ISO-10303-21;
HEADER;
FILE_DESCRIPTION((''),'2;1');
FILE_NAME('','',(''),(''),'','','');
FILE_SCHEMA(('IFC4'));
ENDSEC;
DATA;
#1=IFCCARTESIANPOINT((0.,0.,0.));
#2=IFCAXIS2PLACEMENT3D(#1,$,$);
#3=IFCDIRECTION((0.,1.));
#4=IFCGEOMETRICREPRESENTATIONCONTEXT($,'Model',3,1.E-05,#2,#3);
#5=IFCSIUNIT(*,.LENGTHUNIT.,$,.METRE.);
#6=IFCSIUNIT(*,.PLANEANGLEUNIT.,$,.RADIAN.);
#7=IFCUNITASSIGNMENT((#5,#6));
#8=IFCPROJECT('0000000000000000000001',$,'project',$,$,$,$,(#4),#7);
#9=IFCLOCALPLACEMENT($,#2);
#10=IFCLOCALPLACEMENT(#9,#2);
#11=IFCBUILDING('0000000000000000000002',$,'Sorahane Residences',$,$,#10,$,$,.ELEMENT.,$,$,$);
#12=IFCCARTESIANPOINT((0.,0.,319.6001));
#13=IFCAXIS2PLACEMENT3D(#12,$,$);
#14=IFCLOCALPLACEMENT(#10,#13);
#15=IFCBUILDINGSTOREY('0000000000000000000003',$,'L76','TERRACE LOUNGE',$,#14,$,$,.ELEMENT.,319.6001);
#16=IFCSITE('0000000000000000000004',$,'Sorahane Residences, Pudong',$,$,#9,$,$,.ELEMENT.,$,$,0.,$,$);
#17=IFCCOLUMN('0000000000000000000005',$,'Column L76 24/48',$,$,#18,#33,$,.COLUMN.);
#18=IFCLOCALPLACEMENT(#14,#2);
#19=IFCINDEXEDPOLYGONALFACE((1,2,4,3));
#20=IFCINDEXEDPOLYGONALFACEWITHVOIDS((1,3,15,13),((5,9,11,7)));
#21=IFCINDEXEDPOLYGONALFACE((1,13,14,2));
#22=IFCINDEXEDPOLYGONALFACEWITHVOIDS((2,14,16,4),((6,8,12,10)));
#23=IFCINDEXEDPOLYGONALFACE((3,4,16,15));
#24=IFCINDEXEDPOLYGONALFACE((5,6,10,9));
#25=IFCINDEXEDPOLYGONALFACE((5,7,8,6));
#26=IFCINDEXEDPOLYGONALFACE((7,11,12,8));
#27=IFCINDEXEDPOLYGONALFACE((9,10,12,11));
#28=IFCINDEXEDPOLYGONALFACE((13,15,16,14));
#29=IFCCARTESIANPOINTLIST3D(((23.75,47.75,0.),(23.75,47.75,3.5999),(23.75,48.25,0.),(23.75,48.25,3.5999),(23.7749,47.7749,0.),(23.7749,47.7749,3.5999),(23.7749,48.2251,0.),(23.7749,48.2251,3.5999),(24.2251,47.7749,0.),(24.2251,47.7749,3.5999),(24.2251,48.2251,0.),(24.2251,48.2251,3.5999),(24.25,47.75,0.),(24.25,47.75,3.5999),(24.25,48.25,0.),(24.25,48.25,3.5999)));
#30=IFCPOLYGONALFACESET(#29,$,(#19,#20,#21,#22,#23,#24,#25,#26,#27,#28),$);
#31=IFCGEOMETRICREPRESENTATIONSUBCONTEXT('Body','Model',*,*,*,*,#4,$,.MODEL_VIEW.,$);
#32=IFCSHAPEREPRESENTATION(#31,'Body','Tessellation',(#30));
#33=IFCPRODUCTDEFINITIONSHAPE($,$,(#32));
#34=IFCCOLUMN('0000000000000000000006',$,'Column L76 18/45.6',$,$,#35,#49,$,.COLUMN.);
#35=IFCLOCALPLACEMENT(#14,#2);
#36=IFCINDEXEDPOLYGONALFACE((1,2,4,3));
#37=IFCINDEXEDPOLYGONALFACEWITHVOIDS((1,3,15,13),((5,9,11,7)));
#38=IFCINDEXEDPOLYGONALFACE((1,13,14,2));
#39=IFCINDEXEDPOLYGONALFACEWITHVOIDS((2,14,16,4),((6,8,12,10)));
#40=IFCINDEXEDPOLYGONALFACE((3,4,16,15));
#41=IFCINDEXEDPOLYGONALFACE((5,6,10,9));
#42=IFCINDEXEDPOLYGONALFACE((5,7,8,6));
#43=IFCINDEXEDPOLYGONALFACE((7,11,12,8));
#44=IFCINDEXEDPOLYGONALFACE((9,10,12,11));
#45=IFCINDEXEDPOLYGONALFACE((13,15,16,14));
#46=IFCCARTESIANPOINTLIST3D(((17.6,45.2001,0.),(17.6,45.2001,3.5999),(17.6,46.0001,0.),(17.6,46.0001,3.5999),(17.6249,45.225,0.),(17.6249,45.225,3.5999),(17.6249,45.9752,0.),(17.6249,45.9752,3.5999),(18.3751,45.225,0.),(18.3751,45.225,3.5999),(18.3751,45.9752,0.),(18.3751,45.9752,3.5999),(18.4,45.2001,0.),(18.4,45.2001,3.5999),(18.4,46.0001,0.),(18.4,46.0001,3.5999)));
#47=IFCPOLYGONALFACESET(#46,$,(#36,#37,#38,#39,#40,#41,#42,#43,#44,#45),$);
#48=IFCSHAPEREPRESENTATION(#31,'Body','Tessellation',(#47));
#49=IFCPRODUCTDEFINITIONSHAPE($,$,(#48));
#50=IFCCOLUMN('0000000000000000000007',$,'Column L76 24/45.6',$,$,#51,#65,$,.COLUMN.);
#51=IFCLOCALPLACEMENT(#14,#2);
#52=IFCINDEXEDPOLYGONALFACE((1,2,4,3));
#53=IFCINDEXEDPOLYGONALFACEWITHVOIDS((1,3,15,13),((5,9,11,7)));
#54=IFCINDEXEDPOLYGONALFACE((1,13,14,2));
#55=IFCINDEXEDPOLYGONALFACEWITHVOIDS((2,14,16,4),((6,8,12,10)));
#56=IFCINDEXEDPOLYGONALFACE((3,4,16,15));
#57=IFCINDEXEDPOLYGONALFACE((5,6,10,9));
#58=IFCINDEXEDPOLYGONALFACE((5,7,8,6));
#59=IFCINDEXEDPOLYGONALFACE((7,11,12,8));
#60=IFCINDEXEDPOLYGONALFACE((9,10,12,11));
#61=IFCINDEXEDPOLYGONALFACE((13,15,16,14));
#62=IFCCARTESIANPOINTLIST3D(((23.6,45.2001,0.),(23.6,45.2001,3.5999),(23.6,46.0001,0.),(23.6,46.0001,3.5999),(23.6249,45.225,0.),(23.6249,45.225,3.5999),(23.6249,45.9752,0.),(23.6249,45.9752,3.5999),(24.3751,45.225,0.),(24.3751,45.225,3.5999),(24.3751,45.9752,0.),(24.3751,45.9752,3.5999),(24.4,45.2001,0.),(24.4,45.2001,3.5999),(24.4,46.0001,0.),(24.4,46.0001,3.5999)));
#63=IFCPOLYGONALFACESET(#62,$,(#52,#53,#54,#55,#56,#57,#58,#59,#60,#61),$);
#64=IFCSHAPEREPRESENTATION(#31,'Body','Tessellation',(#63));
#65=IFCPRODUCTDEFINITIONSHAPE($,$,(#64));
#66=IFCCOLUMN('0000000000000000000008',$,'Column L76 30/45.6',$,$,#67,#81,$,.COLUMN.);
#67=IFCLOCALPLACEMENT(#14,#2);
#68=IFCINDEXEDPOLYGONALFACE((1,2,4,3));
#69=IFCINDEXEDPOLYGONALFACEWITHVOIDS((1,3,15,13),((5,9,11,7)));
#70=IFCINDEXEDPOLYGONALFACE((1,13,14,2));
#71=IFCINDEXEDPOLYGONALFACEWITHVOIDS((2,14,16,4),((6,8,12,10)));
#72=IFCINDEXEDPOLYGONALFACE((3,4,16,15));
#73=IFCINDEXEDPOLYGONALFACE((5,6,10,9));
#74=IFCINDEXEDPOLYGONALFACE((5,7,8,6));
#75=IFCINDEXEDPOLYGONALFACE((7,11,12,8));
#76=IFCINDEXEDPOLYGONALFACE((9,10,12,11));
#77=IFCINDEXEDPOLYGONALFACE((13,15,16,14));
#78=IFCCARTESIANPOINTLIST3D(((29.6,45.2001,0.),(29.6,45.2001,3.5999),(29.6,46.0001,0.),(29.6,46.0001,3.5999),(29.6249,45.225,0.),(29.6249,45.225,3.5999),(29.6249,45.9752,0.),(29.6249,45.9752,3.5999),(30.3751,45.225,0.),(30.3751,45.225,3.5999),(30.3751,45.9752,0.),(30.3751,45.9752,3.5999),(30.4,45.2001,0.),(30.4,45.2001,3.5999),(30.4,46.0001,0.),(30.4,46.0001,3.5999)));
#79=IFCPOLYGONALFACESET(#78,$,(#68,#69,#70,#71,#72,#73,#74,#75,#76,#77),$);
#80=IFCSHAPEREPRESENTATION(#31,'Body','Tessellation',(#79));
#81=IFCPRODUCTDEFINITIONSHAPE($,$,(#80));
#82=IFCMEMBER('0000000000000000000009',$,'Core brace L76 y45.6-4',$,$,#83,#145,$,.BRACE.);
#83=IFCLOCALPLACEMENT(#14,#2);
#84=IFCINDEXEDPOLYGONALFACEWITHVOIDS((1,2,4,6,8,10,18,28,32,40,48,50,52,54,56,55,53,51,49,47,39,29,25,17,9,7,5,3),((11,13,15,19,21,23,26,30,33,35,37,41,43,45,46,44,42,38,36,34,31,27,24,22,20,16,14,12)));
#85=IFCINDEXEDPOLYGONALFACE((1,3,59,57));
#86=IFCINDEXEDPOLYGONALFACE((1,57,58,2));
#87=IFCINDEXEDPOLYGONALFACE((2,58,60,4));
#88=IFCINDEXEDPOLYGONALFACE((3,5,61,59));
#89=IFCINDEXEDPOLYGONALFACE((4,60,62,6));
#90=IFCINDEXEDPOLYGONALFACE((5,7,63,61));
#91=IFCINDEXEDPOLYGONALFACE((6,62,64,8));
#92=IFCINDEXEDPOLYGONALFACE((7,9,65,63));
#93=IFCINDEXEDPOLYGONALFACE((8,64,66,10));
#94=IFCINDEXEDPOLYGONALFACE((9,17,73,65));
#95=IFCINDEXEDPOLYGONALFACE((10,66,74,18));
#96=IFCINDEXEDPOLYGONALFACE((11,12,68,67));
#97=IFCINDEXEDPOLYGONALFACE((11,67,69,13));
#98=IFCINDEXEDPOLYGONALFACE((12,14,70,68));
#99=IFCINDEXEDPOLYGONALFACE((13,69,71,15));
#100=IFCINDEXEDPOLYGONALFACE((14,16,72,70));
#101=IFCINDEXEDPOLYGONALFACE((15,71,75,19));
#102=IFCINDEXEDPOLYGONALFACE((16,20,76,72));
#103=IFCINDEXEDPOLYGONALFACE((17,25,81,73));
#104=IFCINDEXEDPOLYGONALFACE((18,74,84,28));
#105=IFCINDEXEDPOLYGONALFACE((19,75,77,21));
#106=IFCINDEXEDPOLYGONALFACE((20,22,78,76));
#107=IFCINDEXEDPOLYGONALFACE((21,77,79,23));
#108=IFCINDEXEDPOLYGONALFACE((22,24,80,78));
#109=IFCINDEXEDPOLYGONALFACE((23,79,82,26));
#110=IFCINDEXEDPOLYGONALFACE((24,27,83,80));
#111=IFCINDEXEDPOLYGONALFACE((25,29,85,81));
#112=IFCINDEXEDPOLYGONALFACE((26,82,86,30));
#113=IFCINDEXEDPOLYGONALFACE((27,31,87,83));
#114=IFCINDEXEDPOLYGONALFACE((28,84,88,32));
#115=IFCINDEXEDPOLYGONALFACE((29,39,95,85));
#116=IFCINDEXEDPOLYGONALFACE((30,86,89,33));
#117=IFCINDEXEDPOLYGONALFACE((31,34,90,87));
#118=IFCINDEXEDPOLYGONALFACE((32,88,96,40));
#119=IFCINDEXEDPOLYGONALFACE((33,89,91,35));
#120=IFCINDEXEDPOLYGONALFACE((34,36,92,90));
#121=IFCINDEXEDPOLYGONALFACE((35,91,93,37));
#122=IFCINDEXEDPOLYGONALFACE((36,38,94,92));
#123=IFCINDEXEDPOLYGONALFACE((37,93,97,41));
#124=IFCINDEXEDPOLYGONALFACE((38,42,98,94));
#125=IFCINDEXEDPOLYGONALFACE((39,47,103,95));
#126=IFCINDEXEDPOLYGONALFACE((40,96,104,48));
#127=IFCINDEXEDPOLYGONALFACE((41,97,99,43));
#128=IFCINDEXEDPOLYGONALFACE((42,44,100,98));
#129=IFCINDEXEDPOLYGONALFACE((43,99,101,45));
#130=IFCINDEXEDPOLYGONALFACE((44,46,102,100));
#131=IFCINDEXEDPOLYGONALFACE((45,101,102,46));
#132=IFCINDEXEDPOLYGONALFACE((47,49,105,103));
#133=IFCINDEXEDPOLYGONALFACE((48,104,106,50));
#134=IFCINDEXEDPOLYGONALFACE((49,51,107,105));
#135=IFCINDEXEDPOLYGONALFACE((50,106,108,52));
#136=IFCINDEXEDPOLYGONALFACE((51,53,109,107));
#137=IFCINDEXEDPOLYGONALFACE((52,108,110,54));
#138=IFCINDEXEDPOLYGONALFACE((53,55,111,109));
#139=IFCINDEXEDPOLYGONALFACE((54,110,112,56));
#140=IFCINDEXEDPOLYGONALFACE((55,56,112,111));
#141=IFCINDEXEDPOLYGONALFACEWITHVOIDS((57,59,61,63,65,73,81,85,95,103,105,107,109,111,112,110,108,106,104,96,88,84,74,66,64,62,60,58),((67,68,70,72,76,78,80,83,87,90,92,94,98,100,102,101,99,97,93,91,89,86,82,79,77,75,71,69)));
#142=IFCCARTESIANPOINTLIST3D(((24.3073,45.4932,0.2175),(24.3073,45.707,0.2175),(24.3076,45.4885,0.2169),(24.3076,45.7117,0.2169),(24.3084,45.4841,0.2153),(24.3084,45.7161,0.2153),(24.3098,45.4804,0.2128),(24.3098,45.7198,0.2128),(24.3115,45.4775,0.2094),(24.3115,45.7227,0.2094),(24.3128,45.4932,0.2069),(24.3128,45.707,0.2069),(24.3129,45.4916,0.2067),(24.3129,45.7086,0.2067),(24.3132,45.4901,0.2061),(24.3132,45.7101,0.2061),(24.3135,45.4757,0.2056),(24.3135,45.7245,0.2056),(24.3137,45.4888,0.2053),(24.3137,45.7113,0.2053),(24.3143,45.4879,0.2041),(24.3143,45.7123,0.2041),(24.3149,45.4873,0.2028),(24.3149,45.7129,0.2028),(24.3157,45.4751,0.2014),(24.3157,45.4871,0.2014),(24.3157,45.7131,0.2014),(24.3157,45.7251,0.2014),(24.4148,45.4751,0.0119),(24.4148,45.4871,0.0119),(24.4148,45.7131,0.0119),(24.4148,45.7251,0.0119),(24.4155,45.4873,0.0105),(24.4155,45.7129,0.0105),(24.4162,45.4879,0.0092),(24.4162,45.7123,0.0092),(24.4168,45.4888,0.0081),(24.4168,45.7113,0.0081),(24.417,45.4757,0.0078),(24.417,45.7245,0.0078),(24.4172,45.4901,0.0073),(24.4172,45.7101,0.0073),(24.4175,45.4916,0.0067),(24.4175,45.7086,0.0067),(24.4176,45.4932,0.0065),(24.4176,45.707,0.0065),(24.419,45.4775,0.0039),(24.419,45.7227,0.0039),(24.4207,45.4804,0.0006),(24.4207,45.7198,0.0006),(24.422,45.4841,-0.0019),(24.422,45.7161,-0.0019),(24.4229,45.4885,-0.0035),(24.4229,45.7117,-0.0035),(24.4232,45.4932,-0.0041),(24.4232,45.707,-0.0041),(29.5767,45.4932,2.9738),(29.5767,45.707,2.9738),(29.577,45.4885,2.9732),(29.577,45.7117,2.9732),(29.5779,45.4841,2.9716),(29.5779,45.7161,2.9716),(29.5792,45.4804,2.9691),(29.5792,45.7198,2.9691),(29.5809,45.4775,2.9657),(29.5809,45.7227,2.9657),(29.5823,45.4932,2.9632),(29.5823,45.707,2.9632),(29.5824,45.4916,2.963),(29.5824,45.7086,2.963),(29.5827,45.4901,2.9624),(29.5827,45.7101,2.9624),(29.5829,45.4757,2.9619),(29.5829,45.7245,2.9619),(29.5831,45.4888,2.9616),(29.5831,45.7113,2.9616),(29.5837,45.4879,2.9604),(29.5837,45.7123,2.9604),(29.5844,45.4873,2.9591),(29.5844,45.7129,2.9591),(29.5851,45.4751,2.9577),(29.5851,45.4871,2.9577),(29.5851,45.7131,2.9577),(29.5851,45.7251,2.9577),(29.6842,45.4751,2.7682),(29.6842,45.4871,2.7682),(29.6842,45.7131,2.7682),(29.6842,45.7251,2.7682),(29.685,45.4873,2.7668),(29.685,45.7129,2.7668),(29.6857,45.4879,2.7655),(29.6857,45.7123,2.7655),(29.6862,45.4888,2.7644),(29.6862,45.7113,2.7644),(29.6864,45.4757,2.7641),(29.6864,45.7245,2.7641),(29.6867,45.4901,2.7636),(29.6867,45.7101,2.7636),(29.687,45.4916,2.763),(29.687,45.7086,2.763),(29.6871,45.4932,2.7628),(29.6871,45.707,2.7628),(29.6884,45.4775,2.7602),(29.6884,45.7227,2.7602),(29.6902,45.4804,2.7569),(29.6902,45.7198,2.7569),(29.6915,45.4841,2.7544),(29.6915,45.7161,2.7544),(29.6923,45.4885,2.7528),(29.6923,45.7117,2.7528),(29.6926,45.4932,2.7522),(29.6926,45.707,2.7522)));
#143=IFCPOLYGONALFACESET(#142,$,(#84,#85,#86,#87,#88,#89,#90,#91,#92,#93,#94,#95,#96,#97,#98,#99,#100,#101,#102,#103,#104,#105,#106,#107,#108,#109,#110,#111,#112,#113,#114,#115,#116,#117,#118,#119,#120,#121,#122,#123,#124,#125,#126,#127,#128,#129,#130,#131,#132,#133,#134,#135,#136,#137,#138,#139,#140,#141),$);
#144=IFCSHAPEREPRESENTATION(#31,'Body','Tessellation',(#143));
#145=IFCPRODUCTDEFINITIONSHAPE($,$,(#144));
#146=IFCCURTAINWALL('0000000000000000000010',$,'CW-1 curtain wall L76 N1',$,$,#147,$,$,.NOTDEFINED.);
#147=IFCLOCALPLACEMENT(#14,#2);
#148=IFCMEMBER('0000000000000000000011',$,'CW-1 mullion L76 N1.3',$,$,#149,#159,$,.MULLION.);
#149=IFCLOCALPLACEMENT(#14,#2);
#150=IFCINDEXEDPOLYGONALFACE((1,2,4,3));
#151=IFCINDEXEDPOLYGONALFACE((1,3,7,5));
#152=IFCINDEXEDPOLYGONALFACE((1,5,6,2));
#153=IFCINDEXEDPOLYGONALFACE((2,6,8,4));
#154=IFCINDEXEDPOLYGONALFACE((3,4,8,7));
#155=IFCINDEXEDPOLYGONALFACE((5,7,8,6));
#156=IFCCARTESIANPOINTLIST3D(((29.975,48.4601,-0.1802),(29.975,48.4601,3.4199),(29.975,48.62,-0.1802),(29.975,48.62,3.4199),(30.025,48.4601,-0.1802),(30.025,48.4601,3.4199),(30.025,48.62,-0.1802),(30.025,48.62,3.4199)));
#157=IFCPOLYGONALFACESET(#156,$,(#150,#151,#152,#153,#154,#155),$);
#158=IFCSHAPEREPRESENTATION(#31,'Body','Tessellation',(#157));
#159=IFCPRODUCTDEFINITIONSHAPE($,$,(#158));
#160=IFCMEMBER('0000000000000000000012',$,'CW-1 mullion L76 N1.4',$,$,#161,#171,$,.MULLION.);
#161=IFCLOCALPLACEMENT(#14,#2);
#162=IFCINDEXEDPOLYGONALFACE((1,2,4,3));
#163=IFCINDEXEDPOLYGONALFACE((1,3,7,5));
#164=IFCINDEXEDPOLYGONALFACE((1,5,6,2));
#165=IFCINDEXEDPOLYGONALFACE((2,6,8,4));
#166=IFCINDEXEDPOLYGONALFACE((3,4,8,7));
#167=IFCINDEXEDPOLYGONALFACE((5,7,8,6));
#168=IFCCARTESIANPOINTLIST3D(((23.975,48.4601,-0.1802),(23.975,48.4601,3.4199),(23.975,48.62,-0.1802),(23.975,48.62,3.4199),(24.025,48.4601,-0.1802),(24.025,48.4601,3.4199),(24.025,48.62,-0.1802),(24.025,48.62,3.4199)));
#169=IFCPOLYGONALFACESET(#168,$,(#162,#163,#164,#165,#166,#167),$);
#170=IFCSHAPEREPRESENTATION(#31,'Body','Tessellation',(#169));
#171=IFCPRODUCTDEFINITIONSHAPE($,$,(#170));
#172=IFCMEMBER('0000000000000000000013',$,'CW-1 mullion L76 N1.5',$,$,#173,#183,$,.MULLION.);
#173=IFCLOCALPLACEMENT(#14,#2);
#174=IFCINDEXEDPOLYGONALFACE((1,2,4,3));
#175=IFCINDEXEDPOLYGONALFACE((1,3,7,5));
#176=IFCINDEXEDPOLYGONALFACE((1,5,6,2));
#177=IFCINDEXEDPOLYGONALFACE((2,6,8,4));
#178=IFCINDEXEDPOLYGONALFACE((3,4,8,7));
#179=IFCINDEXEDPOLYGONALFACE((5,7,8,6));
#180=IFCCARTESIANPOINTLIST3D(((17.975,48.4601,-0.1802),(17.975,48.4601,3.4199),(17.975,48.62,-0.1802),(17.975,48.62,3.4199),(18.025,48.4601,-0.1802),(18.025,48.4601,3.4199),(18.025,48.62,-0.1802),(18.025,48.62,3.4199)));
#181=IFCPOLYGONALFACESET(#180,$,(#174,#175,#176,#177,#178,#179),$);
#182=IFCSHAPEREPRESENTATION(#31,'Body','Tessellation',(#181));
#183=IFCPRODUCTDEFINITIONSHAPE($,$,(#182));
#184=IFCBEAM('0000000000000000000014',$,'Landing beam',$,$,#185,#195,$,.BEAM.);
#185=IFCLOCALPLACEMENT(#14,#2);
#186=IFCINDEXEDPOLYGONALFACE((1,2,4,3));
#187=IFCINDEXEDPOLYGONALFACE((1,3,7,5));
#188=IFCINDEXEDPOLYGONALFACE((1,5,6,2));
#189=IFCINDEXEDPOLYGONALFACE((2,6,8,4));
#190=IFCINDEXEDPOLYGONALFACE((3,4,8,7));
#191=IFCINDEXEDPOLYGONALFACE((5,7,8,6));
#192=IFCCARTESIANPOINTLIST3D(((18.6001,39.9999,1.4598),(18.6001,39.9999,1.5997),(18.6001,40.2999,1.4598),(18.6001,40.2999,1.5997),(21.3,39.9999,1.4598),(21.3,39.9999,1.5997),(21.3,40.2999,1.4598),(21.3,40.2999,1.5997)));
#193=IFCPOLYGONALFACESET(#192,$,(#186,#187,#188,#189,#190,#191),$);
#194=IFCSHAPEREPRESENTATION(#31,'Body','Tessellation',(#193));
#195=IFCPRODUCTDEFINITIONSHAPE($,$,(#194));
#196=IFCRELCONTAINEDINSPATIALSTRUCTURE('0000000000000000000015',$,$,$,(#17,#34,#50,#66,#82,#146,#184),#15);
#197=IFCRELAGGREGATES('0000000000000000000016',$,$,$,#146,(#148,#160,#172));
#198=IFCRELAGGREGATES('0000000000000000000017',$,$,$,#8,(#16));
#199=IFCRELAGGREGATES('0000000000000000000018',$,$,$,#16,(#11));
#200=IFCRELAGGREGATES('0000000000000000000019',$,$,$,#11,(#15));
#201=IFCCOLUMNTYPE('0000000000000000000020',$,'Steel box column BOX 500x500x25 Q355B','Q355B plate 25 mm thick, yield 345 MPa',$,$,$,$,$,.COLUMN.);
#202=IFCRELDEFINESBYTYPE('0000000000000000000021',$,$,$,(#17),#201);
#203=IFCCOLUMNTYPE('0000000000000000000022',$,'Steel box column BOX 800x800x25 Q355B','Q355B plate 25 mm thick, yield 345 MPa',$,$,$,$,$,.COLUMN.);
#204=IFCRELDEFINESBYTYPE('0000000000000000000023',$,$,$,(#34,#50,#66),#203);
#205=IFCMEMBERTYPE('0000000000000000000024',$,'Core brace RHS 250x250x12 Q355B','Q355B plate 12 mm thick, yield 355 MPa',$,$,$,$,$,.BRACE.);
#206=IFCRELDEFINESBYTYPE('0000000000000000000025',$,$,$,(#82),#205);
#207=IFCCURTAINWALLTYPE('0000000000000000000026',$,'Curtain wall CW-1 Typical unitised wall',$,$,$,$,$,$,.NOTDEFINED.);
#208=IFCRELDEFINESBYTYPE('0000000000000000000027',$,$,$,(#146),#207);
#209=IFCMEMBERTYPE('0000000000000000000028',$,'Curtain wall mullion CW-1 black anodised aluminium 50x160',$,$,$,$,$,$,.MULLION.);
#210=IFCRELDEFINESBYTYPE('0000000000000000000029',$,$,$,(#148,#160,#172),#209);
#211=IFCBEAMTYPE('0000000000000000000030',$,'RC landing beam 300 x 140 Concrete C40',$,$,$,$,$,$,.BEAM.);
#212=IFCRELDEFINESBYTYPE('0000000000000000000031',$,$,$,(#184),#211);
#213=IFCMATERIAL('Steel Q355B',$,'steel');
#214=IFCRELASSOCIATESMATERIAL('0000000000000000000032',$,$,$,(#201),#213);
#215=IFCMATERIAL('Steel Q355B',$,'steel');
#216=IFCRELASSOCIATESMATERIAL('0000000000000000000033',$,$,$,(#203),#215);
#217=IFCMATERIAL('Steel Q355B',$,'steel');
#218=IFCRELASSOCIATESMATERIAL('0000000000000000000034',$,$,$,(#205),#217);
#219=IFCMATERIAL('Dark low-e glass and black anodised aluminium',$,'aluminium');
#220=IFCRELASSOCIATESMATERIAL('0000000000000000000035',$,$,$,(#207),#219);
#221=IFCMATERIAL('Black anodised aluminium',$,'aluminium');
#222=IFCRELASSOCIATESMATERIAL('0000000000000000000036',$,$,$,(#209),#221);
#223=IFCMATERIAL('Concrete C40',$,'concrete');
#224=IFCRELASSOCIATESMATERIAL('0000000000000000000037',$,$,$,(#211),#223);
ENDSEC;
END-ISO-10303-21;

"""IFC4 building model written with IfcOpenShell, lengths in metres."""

from ifc_helpers import new_model, si_unit, direction, frame, origin, origin_2d, place, context, subcontext, project, spatial, rectangle, hollow_rectangle, extrude, material, material_profile, profile_set, type_object, element, aggregate, save


model = new_model("IFC4")

# Units and contexts
model_context = context("Model", 3, precision=1e-05, world=origin(), true_north=direction((0.0, 1.0)))
body_context = subcontext(model_context, "Body", "Model", "MODEL_VIEW")
ifc_project = project(units=[si_unit("LENGTHUNIT", "METRE"), si_unit("PLANEANGLEUNIT", "RADIAN")], contexts=[model_context])

# Site, building, storey
site_placement = place(None, origin())
site = spatial("IfcSite", under=ifc_project, at=site_placement, Name="Sorahane Residences, Pudong", CompositionType="ELEMENT", RefElevation=0.0)
building_placement = place(site_placement, origin())
building = spatial("IfcBuilding", under=site, at=building_placement, Name="Sorahane Residences", CompositionType="ELEMENT")
storey_placement = place(building_placement, frame((0.0, 0.0, 319.6001)))
storey = spatial("IfcBuildingStorey", under=building, at=storey_placement, Name="L76", Description="TERRACE LOUNGE", CompositionType="ELEMENT", Elevation=319.6001)

# Columns
ifc_material_1 = material(Name="Steel Q355B", Category="steel")
ifc_material_profile_1 = material_profile(ifc_material_1, hollow_rectangle(XDim=0.5, YDim=0.5, WallThickness=0.0249, at=origin_2d()), Name="BOX 500x500x25")
ifc_profile_set_1 = profile_set([ifc_material_profile_1], Name="Steel Q355B")
column_type_1 = type_object("IfcColumnType", Name="Steel box column BOX 500x500x25 Q355B", Description="Q355B plate 25 mm thick, yield 345 MPa", PredefinedType="COLUMN", material=ifc_profile_set_1)
column_placement = place(storey_placement, frame((24.0, 48.0, 0.0), z_axis=(0.0, 0.0, 1.0), x_axis=(1.0, 0.0, 0.0)))
element("IfcColumn", 1, at=column_placement, inside=storey, type_object=column_type_1, Name="Column L76 24/48", PredefinedType="COLUMN", context=body_context, shape_type="SweptSolid", body=[
    extrude(hollow_rectangle(XDim=0.5, YDim=0.5, WallThickness=0.0249, at=origin_2d()), origin(), (0.0, 0.0, 1.0), 3.5999),
])
ifc_material_2 = material(Name="Steel Q355B", Category="steel")
ifc_material_profile_2 = material_profile(ifc_material_2, hollow_rectangle(XDim=0.8, YDim=0.8, WallThickness=0.0249, at=origin_2d()), Name="BOX 800x800x25")
ifc_profile_set_2 = profile_set([ifc_material_profile_2], Name="Steel Q355B")
column_type_2 = type_object("IfcColumnType", Name="Steel box column BOX 800x800x25 Q355B", Description="Q355B plate 25 mm thick, yield 345 MPa", PredefinedType="COLUMN", material=ifc_profile_set_2)
for number, where, z_axis, x_axis, name in (
    (2, (18.0, 45.6001, 0.0), (0.0, 0.0, 1.0), (1.0, 0.0, 0.0), "Column L76 18/45.6"),
    (3, (24.0, 45.6001, 0.0), (0.0, 0.0, 1.0), (1.0, 0.0, 0.0), "Column L76 24/45.6"),
    (4, (30.0, 45.6001, 0.0), (0.0, 0.0, 1.0), (1.0, 0.0, 0.0), "Column L76 30/45.6"),
):
    element("IfcColumn", number, at=place(storey_placement, frame(where, z_axis=z_axis, x_axis=x_axis)), inside=storey, type_object=column_type_2, Name=name, PredefinedType="COLUMN", context=body_context, shape_type="SweptSolid", body=[
        extrude(hollow_rectangle(XDim=0.8, YDim=0.8, WallThickness=0.0249, at=origin_2d()), origin(), (0.0, 0.0, 1.0), 3.5999),
    ])

# Member
ifc_material_3 = material(Name="Steel Q355B", Category="steel")
ifc_material_profile_3 = material_profile(ifc_material_3, hollow_rectangle(XDim=0.25, YDim=0.25, WallThickness=0.012, InnerFilletRadius=0.0061, OuterFilletRadius=0.0181, at=origin_2d()), Name="RHS 250x250x12")
ifc_profile_set_3 = profile_set([ifc_material_profile_3], Name="Steel Q355B")
member_type_1 = type_object("IfcMemberType", Name="Core brace RHS 250x250x12 Q355B", Description="Q355B plate 12 mm thick, yield 355 MPa", PredefinedType="BRACE", material=ifc_profile_set_3)
member_1_placement = place(storey_placement, frame((24.3652, 45.6001, 0.1067), z_axis=(0.8861, 0.0, 0.463495), x_axis=(0.0, 1.0, 0.0)))
element("IfcMember", 5, at=member_1_placement, inside=storey, type_object=member_type_1, Name="Core brace L76 y45.6-4", PredefinedType="BRACE", context=body_context, shape_type="SweptSolid", body=[
    extrude(hollow_rectangle(XDim=0.25, YDim=0.25, WallThickness=0.012, InnerFilletRadius=0.0061, OuterFilletRadius=0.0181, at=origin_2d()), origin(), (0.0, 0.0, 1.0), 5.9468),
])

# Curtain wall, members
ifc_material_4 = material(Name="Dark low-e glass and black anodised aluminium", Category="aluminium")
curtain_wall_type = type_object("IfcCurtainWallType", Name="Curtain wall CW-1 Typical unitised wall", PredefinedType="NOTDEFINED", material=ifc_material_4)
curtain_wall_placement = place(storey_placement, origin())
curtain_wall = element("IfcCurtainWall", 6, at=curtain_wall_placement, inside=storey, type_object=curtain_wall_type, Name="CW-1 curtain wall L76 N1", PredefinedType="NOTDEFINED")
ifc_material_5 = material(Name="Black anodised aluminium", Category="aluminium")
ifc_material_profile_4 = material_profile(ifc_material_5, rectangle(XDim=0.1599, YDim=0.05, at=origin_2d()), Name="Curtain wall mullion CW-1 black anodised aluminium 50x160")
ifc_profile_set_4 = profile_set([ifc_material_profile_4], Name="Black anodised aluminium")
member_type_2 = type_object("IfcMemberType", Name="Curtain wall mullion CW-1 black anodised aluminium 50x160", PredefinedType="MULLION", material=ifc_profile_set_4)
member_2_placement = place(storey_placement, frame((30.0, 48.54, -0.1802), z_axis=(0.0, 0.0, 1.0), x_axis=(0.0, 1.0, 0.0)))
member_2 = element("IfcMember", 7, at=member_2_placement, type_object=member_type_2, Name="CW-1 mullion L76 N1.3", PredefinedType="MULLION", context=body_context, shape_type="SweptSolid", body=[
    extrude(rectangle(XDim=0.1599, YDim=0.05, at=origin_2d()), origin(), (0.0, 0.0, 1.0), 3.6001),
])
member_3_placement = place(storey_placement, frame((24.0, 48.54, -0.1802), z_axis=(0.0, 0.0, 1.0), x_axis=(0.0, 1.0, 0.0)))
member_3 = element("IfcMember", 8, at=member_3_placement, type_object=member_type_2, Name="CW-1 mullion L76 N1.4", PredefinedType="MULLION", context=body_context, shape_type="SweptSolid", body=[
    extrude(rectangle(XDim=0.1599, YDim=0.05, at=origin_2d()), origin(), (0.0, 0.0, 1.0), 3.6001),
])
member_4_placement = place(storey_placement, frame((18.0, 48.54, -0.1802), z_axis=(0.0, 0.0, 1.0), x_axis=(0.0, 1.0, 0.0)))
member_4 = element("IfcMember", 9, at=member_4_placement, type_object=member_type_2, Name="CW-1 mullion L76 N1.5", PredefinedType="MULLION", context=body_context, shape_type="SweptSolid", body=[
    extrude(rectangle(XDim=0.1599, YDim=0.05, at=origin_2d()), origin(), (0.0, 0.0, 1.0), 3.6001),
])

# Beam
ifc_material_6 = material(Name="Concrete C40", Category="concrete")
ifc_material_profile_5 = material_profile(ifc_material_6, rectangle(XDim=0.3, YDim=0.1399, at=origin_2d()), Name="300x140")
ifc_profile_set_5 = profile_set([ifc_material_profile_5], Name="Concrete C40")
beam_type_1 = type_object("IfcBeamType", Name="RC landing beam 300 x 140 Concrete C40", PredefinedType="BEAM", material=ifc_profile_set_5)
beam_1_placement = place(storey_placement, frame((18.6001, 40.1499, 1.5298), z_axis=(1.0, 0.0, 0.0), x_axis=(0.0, 1.0, 0.0)))
element("IfcBeam", 10, at=beam_1_placement, inside=storey, type_object=beam_type_1, Name="Landing beam", PredefinedType="BEAM", context=body_context, shape_type="SweptSolid", body=[
    extrude(rectangle(XDim=0.3, YDim=0.1399, at=origin_2d()), origin(), (0.0, 0.0, 1.0), 2.7),
])

aggregate(curtain_wall, [member_2, member_3, member_4])

save(model, "model.ifc")
